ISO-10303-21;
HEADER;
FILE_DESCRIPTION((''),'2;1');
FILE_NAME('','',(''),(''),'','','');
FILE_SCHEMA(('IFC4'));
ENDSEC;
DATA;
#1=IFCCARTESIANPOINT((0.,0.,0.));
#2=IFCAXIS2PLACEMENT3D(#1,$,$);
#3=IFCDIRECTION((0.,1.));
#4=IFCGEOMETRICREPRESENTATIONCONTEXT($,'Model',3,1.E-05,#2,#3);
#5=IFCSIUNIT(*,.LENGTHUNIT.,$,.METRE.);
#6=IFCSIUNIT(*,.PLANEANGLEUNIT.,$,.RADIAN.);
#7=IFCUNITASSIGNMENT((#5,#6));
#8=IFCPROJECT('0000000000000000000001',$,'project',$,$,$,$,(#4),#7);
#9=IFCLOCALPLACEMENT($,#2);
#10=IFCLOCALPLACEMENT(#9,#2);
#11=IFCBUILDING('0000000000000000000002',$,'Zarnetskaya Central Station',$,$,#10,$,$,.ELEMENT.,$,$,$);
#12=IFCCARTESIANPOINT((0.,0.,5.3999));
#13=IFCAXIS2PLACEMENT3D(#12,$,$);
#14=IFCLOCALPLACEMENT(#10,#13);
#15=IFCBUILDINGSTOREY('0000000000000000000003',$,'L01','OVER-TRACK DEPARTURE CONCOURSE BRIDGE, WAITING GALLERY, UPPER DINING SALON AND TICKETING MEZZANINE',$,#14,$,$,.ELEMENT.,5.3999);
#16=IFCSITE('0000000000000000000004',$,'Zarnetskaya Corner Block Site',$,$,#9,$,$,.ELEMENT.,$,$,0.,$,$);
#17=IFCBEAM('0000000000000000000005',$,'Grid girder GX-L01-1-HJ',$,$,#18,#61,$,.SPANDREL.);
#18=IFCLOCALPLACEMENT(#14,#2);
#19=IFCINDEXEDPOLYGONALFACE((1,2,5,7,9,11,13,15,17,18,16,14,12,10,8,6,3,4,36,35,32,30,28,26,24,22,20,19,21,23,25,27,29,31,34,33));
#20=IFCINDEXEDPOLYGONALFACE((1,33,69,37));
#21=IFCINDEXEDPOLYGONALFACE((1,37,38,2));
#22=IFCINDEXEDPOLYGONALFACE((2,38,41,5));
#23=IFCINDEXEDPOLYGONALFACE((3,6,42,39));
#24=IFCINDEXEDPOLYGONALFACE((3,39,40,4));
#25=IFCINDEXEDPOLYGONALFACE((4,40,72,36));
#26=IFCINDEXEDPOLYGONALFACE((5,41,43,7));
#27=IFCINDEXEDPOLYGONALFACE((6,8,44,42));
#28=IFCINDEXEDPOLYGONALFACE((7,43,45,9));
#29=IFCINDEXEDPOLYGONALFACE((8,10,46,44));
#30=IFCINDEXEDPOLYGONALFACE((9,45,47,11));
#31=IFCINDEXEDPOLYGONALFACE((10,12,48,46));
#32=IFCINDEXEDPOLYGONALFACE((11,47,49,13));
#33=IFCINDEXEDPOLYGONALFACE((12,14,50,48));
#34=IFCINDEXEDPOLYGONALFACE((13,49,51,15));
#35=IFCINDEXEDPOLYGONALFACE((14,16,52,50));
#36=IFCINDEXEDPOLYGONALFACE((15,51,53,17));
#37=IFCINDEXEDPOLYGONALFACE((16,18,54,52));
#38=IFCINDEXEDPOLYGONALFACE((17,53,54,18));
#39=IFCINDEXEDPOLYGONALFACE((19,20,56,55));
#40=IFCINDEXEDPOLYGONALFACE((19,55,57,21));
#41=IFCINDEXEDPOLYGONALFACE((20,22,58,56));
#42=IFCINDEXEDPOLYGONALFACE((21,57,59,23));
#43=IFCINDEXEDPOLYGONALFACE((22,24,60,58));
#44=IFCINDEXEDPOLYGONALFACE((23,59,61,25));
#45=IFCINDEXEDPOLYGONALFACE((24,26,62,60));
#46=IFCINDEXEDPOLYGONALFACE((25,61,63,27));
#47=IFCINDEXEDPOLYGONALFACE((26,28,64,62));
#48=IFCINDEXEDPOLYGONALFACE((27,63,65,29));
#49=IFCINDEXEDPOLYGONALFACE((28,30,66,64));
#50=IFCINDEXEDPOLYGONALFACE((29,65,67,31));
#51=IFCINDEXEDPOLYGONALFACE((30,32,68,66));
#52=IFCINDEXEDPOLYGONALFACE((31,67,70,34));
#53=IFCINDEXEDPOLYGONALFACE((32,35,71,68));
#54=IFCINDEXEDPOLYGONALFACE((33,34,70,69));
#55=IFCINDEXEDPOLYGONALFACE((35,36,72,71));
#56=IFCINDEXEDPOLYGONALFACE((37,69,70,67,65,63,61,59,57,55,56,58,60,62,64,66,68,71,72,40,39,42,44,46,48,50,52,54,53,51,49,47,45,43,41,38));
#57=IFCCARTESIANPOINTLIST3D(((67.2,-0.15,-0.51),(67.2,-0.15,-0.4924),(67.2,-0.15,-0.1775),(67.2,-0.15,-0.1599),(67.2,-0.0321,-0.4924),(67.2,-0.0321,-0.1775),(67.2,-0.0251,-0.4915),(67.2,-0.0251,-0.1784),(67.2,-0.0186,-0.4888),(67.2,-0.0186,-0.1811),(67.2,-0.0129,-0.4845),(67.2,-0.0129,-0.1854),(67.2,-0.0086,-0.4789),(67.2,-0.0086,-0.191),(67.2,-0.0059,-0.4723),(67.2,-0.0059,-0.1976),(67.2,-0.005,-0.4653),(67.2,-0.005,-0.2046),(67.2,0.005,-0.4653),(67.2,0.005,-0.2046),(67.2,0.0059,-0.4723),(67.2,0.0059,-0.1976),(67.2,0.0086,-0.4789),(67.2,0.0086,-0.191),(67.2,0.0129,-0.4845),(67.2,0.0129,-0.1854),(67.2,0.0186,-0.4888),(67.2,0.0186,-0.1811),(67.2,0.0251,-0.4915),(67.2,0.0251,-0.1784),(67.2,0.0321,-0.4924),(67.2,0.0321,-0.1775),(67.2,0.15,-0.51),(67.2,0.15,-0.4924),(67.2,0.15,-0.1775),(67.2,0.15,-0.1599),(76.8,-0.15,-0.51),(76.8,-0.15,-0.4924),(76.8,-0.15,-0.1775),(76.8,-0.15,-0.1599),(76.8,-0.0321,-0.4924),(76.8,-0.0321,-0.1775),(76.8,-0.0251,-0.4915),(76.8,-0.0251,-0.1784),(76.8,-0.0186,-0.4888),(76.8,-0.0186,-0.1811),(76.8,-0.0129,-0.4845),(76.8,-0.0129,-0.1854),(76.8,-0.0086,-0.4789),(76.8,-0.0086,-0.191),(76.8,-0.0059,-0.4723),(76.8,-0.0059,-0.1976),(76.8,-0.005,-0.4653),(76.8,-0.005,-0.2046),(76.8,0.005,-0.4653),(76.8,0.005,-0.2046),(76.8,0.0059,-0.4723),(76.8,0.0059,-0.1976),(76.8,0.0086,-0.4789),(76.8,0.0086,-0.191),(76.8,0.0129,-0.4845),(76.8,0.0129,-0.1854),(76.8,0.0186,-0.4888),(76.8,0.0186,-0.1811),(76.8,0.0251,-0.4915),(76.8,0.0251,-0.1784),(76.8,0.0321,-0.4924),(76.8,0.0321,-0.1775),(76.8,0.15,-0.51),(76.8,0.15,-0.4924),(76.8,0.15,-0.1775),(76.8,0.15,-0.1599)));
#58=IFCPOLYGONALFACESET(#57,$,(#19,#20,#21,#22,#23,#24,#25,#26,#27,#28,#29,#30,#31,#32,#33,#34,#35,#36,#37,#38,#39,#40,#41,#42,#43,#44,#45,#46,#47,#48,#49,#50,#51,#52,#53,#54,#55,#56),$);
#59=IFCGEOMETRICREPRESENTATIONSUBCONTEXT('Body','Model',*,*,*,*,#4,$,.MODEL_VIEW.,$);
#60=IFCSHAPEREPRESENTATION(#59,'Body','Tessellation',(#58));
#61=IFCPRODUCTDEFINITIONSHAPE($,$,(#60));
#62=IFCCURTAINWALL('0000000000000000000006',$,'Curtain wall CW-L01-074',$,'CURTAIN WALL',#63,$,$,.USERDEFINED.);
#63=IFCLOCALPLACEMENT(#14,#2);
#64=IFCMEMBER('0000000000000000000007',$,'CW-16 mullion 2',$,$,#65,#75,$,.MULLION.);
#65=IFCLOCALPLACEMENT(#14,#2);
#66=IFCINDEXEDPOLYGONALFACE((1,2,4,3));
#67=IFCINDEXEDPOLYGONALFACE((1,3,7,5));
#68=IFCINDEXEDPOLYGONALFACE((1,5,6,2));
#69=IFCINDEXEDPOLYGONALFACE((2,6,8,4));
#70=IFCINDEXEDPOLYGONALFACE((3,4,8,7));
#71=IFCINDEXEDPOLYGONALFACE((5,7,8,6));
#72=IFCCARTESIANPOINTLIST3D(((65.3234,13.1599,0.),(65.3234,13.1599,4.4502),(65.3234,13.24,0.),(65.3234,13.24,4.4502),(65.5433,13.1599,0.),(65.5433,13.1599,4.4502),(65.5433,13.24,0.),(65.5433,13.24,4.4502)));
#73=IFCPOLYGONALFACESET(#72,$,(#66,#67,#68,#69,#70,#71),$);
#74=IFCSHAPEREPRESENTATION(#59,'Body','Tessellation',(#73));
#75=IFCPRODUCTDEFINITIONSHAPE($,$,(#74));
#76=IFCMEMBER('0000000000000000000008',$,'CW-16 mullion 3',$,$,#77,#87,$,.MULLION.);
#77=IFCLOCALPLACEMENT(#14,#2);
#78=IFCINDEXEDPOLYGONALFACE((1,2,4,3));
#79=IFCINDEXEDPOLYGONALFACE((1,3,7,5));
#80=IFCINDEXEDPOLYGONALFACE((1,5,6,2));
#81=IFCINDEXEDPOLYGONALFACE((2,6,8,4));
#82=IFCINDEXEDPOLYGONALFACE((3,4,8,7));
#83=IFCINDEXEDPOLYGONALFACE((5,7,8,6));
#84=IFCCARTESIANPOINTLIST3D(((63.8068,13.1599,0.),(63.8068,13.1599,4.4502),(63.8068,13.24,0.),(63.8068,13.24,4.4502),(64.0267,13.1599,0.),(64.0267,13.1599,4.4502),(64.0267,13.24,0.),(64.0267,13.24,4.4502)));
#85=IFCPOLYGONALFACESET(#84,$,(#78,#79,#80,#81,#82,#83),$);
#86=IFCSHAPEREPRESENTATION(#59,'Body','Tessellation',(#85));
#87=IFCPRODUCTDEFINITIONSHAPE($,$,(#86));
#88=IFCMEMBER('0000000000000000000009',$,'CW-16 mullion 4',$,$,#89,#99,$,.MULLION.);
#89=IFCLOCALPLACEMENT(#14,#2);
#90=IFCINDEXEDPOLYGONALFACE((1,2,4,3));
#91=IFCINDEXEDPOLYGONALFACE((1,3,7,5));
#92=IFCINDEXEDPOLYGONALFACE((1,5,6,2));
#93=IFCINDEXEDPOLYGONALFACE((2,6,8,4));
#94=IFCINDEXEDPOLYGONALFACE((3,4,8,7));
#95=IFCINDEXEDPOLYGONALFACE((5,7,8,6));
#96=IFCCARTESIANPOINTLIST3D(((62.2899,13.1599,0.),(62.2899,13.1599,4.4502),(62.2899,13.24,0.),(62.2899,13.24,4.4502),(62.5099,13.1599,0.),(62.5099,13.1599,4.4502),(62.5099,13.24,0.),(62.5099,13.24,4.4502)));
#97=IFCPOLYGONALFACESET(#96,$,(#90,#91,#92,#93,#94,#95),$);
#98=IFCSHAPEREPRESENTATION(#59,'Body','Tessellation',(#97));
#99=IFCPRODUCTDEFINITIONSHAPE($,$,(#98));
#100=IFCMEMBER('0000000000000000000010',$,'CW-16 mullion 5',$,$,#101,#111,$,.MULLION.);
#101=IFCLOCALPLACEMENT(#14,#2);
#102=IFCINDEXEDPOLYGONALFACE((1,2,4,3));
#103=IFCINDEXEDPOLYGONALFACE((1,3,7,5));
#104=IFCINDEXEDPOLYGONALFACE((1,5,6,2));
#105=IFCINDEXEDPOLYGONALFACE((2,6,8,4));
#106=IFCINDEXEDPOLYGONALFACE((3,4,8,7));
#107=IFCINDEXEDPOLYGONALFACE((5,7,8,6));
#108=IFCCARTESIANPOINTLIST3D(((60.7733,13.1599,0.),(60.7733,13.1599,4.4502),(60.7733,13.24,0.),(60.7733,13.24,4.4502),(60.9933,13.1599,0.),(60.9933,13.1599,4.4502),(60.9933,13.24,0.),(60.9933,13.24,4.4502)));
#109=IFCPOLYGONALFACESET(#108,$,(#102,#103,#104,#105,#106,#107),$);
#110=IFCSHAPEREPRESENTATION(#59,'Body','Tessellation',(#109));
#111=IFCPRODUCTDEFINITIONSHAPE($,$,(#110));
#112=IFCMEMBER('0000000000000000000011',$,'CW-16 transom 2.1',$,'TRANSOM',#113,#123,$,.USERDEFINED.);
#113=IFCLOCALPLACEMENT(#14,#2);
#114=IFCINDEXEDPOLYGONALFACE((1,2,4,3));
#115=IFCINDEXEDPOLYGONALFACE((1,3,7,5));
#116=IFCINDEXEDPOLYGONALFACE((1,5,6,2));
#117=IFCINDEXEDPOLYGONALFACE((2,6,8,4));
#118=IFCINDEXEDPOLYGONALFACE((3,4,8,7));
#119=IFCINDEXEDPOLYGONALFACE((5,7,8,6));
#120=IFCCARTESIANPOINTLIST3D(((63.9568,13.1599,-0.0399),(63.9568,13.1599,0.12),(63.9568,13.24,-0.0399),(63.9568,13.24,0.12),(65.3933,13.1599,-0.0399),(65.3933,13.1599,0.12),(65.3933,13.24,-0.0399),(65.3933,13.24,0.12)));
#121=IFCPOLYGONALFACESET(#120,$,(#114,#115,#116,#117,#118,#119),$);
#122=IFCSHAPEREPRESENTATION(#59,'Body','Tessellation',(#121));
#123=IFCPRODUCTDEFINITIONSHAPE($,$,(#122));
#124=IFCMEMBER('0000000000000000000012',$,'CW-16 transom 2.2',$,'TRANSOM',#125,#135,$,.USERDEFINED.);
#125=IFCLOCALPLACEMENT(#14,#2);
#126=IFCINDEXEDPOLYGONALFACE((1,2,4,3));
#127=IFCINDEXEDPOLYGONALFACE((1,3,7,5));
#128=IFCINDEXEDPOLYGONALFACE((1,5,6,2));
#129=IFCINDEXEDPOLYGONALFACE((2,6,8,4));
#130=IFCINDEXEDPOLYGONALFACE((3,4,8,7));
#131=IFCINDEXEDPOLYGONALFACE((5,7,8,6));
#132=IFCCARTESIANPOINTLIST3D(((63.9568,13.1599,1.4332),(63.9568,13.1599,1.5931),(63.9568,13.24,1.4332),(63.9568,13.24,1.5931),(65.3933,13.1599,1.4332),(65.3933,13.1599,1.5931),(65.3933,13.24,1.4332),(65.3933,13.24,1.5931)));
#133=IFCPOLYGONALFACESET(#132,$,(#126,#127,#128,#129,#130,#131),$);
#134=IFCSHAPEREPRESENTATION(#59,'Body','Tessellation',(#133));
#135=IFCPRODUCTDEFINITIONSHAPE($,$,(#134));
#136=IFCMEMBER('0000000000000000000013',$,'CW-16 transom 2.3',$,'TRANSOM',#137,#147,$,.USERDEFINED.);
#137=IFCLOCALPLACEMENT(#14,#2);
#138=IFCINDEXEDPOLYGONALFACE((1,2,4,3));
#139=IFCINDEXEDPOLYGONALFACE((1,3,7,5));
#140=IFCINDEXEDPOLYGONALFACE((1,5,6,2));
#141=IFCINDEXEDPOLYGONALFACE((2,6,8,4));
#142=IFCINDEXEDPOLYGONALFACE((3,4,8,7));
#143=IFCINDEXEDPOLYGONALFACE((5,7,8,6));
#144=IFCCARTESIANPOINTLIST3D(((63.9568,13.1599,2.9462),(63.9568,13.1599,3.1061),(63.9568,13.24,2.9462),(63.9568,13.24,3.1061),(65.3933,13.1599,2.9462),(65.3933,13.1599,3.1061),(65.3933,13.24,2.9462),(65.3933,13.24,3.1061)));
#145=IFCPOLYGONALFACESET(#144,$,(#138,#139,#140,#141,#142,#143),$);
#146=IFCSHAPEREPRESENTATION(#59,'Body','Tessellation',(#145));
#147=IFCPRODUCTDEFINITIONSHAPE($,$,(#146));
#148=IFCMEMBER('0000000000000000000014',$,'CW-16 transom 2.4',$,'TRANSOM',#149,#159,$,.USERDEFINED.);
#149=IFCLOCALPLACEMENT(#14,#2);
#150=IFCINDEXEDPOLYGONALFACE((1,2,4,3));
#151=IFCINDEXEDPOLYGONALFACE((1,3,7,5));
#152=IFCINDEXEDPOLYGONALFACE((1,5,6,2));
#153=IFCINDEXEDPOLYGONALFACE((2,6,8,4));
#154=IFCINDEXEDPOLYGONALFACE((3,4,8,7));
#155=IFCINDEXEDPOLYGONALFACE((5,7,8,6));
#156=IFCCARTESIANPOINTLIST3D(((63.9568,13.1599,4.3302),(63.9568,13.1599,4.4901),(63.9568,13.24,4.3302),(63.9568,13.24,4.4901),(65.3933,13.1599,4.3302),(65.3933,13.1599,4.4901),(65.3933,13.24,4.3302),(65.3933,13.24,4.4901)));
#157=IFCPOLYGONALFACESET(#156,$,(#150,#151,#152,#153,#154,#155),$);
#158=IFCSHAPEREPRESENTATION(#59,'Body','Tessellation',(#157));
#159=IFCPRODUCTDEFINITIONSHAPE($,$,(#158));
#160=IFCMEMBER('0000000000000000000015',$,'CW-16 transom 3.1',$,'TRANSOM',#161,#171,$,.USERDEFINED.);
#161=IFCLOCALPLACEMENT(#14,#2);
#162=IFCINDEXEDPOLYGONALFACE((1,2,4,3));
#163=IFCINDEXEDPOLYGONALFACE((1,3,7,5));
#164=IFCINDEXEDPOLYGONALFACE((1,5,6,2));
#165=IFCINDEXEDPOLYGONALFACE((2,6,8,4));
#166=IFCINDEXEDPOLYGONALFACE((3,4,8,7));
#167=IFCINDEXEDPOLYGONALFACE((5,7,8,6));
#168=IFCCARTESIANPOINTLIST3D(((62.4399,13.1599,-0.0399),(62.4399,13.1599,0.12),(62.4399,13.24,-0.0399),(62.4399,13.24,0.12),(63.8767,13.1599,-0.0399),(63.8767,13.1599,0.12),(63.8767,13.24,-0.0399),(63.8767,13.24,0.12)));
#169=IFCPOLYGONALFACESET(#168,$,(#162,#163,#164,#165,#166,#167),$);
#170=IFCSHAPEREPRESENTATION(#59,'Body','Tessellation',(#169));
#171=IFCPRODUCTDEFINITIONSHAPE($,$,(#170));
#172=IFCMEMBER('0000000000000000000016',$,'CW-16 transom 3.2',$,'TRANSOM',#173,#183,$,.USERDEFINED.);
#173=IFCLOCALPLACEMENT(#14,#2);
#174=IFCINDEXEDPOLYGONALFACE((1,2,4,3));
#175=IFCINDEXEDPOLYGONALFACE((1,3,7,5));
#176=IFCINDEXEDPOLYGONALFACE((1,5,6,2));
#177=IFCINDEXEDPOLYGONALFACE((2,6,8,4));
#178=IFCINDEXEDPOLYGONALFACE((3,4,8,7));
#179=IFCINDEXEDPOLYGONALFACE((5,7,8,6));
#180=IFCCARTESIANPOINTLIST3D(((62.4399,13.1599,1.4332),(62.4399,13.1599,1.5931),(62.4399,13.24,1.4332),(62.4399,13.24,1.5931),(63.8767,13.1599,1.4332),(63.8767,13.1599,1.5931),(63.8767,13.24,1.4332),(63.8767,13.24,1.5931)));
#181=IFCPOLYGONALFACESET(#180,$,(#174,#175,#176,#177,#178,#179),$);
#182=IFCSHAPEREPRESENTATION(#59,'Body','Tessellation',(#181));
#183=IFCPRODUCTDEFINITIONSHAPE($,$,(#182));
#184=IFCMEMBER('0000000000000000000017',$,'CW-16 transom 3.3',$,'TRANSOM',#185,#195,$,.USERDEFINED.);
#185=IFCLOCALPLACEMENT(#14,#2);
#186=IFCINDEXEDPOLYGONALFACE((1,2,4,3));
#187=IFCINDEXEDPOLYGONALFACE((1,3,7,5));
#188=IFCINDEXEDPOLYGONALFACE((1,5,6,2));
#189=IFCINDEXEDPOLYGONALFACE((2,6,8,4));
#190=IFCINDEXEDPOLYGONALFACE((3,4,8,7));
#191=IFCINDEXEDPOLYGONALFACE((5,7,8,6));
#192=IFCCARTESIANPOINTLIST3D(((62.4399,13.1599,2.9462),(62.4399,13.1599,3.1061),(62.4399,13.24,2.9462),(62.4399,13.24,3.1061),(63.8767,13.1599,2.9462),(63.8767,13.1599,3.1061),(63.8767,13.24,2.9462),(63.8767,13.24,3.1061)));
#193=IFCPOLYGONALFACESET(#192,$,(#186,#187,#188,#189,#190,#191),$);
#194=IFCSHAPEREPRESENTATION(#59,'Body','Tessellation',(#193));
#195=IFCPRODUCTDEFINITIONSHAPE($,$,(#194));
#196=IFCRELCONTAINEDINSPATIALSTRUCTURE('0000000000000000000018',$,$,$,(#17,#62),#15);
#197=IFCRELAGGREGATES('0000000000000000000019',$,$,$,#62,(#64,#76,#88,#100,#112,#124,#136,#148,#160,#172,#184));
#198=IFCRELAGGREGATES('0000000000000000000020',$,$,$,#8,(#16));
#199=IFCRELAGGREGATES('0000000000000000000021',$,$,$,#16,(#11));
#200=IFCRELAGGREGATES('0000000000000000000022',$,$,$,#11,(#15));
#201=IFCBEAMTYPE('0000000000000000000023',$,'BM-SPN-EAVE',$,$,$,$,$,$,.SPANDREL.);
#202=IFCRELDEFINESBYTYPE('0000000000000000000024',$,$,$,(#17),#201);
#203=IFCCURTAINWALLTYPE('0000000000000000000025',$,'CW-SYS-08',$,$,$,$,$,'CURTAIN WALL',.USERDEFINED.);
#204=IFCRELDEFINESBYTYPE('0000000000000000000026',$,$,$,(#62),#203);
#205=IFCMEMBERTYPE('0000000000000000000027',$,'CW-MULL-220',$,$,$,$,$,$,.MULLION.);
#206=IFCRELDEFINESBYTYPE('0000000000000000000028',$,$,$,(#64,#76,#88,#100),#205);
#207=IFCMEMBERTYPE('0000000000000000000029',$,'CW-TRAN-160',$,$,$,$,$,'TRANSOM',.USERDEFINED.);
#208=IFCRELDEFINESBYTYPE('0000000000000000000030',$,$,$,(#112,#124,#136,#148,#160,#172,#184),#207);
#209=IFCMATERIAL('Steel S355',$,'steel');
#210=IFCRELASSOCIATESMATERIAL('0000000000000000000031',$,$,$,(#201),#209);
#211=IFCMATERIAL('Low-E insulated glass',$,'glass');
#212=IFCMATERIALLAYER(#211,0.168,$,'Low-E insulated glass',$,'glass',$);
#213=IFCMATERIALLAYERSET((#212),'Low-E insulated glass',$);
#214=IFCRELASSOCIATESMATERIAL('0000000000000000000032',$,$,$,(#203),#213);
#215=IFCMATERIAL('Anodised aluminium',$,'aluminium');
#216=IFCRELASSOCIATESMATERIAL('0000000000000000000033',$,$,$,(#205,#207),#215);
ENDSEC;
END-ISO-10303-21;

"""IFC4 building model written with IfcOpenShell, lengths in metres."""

from ifc_helpers import new_model, si_unit, direction, frame, origin, origin_2d, place, context, subcontext, project, spatial, rectangle, i_section, extrude, material, layer, layer_set, material_profile, profile_set, type_object, element, aggregate, save


model = new_model("IFC4")

# Units and contexts
model_context = context("Model", 3, precision=1e-05, world=origin(), true_north=direction((0.0, 1.0)))
body_context = subcontext(model_context, "Body", "Model", "MODEL_VIEW")
ifc_project = project(units=[si_unit("LENGTHUNIT", "METRE"), si_unit("PLANEANGLEUNIT", "RADIAN")], contexts=[model_context])

# Site, building, storey
site_placement = place(None, origin())
site = spatial("IfcSite", under=ifc_project, at=site_placement, Name="Zarnetskaya Corner Block Site", CompositionType="ELEMENT", RefElevation=0.0)
building_placement = place(site_placement, origin())
building = spatial("IfcBuilding", under=site, at=building_placement, Name="Zarnetskaya Central Station", CompositionType="ELEMENT")
storey_placement = place(building_placement, frame((0.0, 0.0, 5.3999)))
storey = spatial("IfcBuildingStorey", under=building, at=storey_placement, Name="L01", Description="OVER-TRACK DEPARTURE CONCOURSE BRIDGE, WAITING GALLERY, UPPER DINING SALON AND TICKETING MEZZANINE", CompositionType="ELEMENT", Elevation=5.3999)

# Beam
ifc_material_1 = material(Name="Steel S355", Category="steel")
ifc_material_profile_1 = material_profile(ifc_material_1, i_section(OverallWidth=0.3, OverallDepth=0.3501, WebThickness=0.01, FlangeThickness=0.0176, FilletRadius=0.0271, at=origin_2d()), Name="HEA 360")
ifc_profile_set_1 = profile_set([ifc_material_profile_1], Name="Steel S355")
beam_type_1 = type_object("IfcBeamType", Name="BM-SPN-EAVE", PredefinedType="SPANDREL", material=ifc_profile_set_1)
beam_1_placement = place(storey_placement, frame((67.2, 0.0, -0.335), z_axis=(1.0, 0.0, 0.0), x_axis=(0.0, 1.0, 0.0)))
element("IfcBeam", 1, at=beam_1_placement, inside=storey, type_object=beam_type_1, Name="Grid girder GX-L01-1-HJ", PredefinedType="SPANDREL", context=body_context, shape_type="SweptSolid", body=[
    extrude(i_section(OverallWidth=0.3, OverallDepth=0.3501, WebThickness=0.01, FlangeThickness=0.0176, FilletRadius=0.0271, at=origin_2d()), origin(), (0.0, 0.0, 1.0), 9.6001),
])

# Curtain wall, members
ifc_material_2 = material(Name="Low-E insulated glass", Category="glass")
ifc_layer_1 = layer(ifc_material_2, 0.168, Name="Low-E insulated glass", Category="glass")
ifc_layer_set_1 = layer_set([ifc_layer_1], Name="Low-E insulated glass")
curtain_wall_type = type_object("IfcCurtainWallType", Name="CW-SYS-08", ElementType="CURTAIN WALL", PredefinedType="USERDEFINED", material=ifc_layer_set_1)
curtain_wall_placement = place(storey_placement, origin())
curtain_wall = element("IfcCurtainWall", 2, at=curtain_wall_placement, inside=storey, type_object=curtain_wall_type, Name="Curtain wall CW-L01-074", ObjectType="CURTAIN WALL", PredefinedType="USERDEFINED")
ifc_material_3 = material(Name="Anodised aluminium", Category="aluminium")
ifc_material_profile_2 = material_profile(ifc_material_3, rectangle(XDim=0.0801, YDim=0.22, at=origin_2d()), Name="ALU MULL 80x220")
ifc_profile_set_2 = profile_set([ifc_material_profile_2], Name="Anodised aluminium")
member_type_1 = type_object("IfcMemberType", Name="CW-MULL-220", PredefinedType="MULLION", material=ifc_profile_set_2)
member_1_placement = place(storey_placement, frame((65.4333, 13.2, 0.0), z_axis=(0.0, 0.0, 1.0), x_axis=(0.0, -1.0, 0.0)))
member_1 = element("IfcMember", 3, at=member_1_placement, type_object=member_type_1, Name="CW-16 mullion 2", PredefinedType="MULLION", context=body_context, shape_type="SweptSolid", body=[
    extrude(rectangle(XDim=0.0801, YDim=0.22, at=origin_2d()), origin(), (0.0, 0.0, 1.0), 4.4502),
])
member_2_placement = place(storey_placement, frame((63.9167, 13.2, 0.0), z_axis=(0.0, 0.0, 1.0), x_axis=(0.0, -1.0, 0.0)))
member_2 = element("IfcMember", 4, at=member_2_placement, type_object=member_type_1, Name="CW-16 mullion 3", PredefinedType="MULLION", context=body_context, shape_type="SweptSolid", body=[
    extrude(rectangle(XDim=0.0801, YDim=0.22, at=origin_2d()), origin(), (0.0, 0.0, 1.0), 4.4502),
])
member_3_placement = place(storey_placement, frame((62.3999, 13.2, 0.0), z_axis=(0.0, 0.0, 1.0), x_axis=(0.0, -1.0, 0.0)))
member_3 = element("IfcMember", 5, at=member_3_placement, type_object=member_type_1, Name="CW-16 mullion 4", PredefinedType="MULLION", context=body_context, shape_type="SweptSolid", body=[
    extrude(rectangle(XDim=0.0801, YDim=0.22, at=origin_2d()), origin(), (0.0, 0.0, 1.0), 4.4502),
])
member_4_placement = place(storey_placement, frame((60.8833, 13.2, 0.0), z_axis=(0.0, 0.0, 1.0), x_axis=(0.0, -1.0, 0.0)))
member_4 = element("IfcMember", 6, at=member_4_placement, type_object=member_type_1, Name="CW-16 mullion 5", PredefinedType="MULLION", context=body_context, shape_type="SweptSolid", body=[
    extrude(rectangle(XDim=0.0801, YDim=0.22, at=origin_2d()), origin(), (0.0, 0.0, 1.0), 4.4502),
])
ifc_material_profile_3 = material_profile(ifc_material_3, rectangle(XDim=0.0801, YDim=0.1599, at=origin_2d()), Name="ALU TRAN 80x160")
ifc_profile_set_3 = profile_set([ifc_material_profile_3], Name="Anodised aluminium")
member_type_2 = type_object("IfcMemberType", Name="CW-TRAN-160", ElementType="TRANSOM", PredefinedType="USERDEFINED", material=ifc_profile_set_3)
member_5_placement = place(storey_placement, frame((65.3933, 13.2, 0.04), z_axis=(-1.0, 0.0, 0.0), x_axis=(0.0, -1.0, 0.0)))
member_5 = element("IfcMember", 7, at=member_5_placement, type_object=member_type_2, Name="CW-16 transom 2.1", ObjectType="TRANSOM", PredefinedType="USERDEFINED", context=body_context, shape_type="SweptSolid", body=[
    extrude(rectangle(XDim=0.0801, YDim=0.1599, at=origin_2d()), origin(), (0.0, 0.0, 1.0), 1.4365),
])
member_6_placement = place(storey_placement, frame((65.3933, 13.2, 1.5132), z_axis=(-1.0, 0.0, 0.0), x_axis=(0.0, -1.0, 0.0)))
member_6 = element("IfcMember", 8, at=member_6_placement, type_object=member_type_2, Name="CW-16 transom 2.2", ObjectType="TRANSOM", PredefinedType="USERDEFINED", context=body_context, shape_type="SweptSolid", body=[
    extrude(rectangle(XDim=0.0801, YDim=0.1599, at=origin_2d()), origin(), (0.0, 0.0, 1.0), 1.4365),
])
member_7_placement = place(storey_placement, frame((65.3933, 13.2, 3.0261), z_axis=(-1.0, 0.0, 0.0), x_axis=(0.0, -1.0, 0.0)))
member_7 = element("IfcMember", 9, at=member_7_placement, type_object=member_type_2, Name="CW-16 transom 2.3", ObjectType="TRANSOM", PredefinedType="USERDEFINED", context=body_context, shape_type="SweptSolid", body=[
    extrude(rectangle(XDim=0.0801, YDim=0.1599, at=origin_2d()), origin(), (0.0, 0.0, 1.0), 1.4365),
])
member_8_placement = place(storey_placement, frame((65.3933, 13.2, 4.4102), z_axis=(-1.0, 0.0, 0.0), x_axis=(0.0, -1.0, 0.0)))
member_8 = element("IfcMember", 10, at=member_8_placement, type_object=member_type_2, Name="CW-16 transom 2.4", ObjectType="TRANSOM", PredefinedType="USERDEFINED", context=body_context, shape_type="SweptSolid", body=[
    extrude(rectangle(XDim=0.0801, YDim=0.1599, at=origin_2d()), origin(), (0.0, 0.0, 1.0), 1.4365),
])
member_9_placement = place(storey_placement, frame((63.8767, 13.2, 0.04), z_axis=(-1.0, 0.0, 0.0), x_axis=(0.0, -1.0, 0.0)))
member_9 = element("IfcMember", 11, at=member_9_placement, type_object=member_type_2, Name="CW-16 transom 3.1", ObjectType="TRANSOM", PredefinedType="USERDEFINED", context=body_context, shape_type="SweptSolid", body=[
    extrude(rectangle(XDim=0.0801, YDim=0.1599, at=origin_2d()), origin(), (0.0, 0.0, 1.0), 1.4368),
])
member_10_placement = place(storey_placement, frame((63.8767, 13.2, 1.5132), z_axis=(-1.0, 0.0, 0.0), x_axis=(0.0, -1.0, 0.0)))
member_10 = element("IfcMember", 12, at=member_10_placement, type_object=member_type_2, Name="CW-16 transom 3.2", ObjectType="TRANSOM", PredefinedType="USERDEFINED", context=body_context, shape_type="SweptSolid", body=[
    extrude(rectangle(XDim=0.0801, YDim=0.1599, at=origin_2d()), origin(), (0.0, 0.0, 1.0), 1.4368),
])
member_11_placement = place(storey_placement, frame((63.8767, 13.2, 3.0261), z_axis=(-1.0, 0.0, 0.0), x_axis=(0.0, -1.0, 0.0)))
member_11 = element("IfcMember", 13, at=member_11_placement, type_object=member_type_2, Name="CW-16 transom 3.3", ObjectType="TRANSOM", PredefinedType="USERDEFINED", context=body_context, shape_type="SweptSolid", body=[
    extrude(rectangle(XDim=0.0801, YDim=0.1599, at=origin_2d()), origin(), (0.0, 0.0, 1.0), 1.4368),
])

aggregate(curtain_wall, [member_1, member_2, member_3, member_4, member_5, member_6, member_7, member_8, member_9, member_10, member_11])

save(model, "model.ifc")
